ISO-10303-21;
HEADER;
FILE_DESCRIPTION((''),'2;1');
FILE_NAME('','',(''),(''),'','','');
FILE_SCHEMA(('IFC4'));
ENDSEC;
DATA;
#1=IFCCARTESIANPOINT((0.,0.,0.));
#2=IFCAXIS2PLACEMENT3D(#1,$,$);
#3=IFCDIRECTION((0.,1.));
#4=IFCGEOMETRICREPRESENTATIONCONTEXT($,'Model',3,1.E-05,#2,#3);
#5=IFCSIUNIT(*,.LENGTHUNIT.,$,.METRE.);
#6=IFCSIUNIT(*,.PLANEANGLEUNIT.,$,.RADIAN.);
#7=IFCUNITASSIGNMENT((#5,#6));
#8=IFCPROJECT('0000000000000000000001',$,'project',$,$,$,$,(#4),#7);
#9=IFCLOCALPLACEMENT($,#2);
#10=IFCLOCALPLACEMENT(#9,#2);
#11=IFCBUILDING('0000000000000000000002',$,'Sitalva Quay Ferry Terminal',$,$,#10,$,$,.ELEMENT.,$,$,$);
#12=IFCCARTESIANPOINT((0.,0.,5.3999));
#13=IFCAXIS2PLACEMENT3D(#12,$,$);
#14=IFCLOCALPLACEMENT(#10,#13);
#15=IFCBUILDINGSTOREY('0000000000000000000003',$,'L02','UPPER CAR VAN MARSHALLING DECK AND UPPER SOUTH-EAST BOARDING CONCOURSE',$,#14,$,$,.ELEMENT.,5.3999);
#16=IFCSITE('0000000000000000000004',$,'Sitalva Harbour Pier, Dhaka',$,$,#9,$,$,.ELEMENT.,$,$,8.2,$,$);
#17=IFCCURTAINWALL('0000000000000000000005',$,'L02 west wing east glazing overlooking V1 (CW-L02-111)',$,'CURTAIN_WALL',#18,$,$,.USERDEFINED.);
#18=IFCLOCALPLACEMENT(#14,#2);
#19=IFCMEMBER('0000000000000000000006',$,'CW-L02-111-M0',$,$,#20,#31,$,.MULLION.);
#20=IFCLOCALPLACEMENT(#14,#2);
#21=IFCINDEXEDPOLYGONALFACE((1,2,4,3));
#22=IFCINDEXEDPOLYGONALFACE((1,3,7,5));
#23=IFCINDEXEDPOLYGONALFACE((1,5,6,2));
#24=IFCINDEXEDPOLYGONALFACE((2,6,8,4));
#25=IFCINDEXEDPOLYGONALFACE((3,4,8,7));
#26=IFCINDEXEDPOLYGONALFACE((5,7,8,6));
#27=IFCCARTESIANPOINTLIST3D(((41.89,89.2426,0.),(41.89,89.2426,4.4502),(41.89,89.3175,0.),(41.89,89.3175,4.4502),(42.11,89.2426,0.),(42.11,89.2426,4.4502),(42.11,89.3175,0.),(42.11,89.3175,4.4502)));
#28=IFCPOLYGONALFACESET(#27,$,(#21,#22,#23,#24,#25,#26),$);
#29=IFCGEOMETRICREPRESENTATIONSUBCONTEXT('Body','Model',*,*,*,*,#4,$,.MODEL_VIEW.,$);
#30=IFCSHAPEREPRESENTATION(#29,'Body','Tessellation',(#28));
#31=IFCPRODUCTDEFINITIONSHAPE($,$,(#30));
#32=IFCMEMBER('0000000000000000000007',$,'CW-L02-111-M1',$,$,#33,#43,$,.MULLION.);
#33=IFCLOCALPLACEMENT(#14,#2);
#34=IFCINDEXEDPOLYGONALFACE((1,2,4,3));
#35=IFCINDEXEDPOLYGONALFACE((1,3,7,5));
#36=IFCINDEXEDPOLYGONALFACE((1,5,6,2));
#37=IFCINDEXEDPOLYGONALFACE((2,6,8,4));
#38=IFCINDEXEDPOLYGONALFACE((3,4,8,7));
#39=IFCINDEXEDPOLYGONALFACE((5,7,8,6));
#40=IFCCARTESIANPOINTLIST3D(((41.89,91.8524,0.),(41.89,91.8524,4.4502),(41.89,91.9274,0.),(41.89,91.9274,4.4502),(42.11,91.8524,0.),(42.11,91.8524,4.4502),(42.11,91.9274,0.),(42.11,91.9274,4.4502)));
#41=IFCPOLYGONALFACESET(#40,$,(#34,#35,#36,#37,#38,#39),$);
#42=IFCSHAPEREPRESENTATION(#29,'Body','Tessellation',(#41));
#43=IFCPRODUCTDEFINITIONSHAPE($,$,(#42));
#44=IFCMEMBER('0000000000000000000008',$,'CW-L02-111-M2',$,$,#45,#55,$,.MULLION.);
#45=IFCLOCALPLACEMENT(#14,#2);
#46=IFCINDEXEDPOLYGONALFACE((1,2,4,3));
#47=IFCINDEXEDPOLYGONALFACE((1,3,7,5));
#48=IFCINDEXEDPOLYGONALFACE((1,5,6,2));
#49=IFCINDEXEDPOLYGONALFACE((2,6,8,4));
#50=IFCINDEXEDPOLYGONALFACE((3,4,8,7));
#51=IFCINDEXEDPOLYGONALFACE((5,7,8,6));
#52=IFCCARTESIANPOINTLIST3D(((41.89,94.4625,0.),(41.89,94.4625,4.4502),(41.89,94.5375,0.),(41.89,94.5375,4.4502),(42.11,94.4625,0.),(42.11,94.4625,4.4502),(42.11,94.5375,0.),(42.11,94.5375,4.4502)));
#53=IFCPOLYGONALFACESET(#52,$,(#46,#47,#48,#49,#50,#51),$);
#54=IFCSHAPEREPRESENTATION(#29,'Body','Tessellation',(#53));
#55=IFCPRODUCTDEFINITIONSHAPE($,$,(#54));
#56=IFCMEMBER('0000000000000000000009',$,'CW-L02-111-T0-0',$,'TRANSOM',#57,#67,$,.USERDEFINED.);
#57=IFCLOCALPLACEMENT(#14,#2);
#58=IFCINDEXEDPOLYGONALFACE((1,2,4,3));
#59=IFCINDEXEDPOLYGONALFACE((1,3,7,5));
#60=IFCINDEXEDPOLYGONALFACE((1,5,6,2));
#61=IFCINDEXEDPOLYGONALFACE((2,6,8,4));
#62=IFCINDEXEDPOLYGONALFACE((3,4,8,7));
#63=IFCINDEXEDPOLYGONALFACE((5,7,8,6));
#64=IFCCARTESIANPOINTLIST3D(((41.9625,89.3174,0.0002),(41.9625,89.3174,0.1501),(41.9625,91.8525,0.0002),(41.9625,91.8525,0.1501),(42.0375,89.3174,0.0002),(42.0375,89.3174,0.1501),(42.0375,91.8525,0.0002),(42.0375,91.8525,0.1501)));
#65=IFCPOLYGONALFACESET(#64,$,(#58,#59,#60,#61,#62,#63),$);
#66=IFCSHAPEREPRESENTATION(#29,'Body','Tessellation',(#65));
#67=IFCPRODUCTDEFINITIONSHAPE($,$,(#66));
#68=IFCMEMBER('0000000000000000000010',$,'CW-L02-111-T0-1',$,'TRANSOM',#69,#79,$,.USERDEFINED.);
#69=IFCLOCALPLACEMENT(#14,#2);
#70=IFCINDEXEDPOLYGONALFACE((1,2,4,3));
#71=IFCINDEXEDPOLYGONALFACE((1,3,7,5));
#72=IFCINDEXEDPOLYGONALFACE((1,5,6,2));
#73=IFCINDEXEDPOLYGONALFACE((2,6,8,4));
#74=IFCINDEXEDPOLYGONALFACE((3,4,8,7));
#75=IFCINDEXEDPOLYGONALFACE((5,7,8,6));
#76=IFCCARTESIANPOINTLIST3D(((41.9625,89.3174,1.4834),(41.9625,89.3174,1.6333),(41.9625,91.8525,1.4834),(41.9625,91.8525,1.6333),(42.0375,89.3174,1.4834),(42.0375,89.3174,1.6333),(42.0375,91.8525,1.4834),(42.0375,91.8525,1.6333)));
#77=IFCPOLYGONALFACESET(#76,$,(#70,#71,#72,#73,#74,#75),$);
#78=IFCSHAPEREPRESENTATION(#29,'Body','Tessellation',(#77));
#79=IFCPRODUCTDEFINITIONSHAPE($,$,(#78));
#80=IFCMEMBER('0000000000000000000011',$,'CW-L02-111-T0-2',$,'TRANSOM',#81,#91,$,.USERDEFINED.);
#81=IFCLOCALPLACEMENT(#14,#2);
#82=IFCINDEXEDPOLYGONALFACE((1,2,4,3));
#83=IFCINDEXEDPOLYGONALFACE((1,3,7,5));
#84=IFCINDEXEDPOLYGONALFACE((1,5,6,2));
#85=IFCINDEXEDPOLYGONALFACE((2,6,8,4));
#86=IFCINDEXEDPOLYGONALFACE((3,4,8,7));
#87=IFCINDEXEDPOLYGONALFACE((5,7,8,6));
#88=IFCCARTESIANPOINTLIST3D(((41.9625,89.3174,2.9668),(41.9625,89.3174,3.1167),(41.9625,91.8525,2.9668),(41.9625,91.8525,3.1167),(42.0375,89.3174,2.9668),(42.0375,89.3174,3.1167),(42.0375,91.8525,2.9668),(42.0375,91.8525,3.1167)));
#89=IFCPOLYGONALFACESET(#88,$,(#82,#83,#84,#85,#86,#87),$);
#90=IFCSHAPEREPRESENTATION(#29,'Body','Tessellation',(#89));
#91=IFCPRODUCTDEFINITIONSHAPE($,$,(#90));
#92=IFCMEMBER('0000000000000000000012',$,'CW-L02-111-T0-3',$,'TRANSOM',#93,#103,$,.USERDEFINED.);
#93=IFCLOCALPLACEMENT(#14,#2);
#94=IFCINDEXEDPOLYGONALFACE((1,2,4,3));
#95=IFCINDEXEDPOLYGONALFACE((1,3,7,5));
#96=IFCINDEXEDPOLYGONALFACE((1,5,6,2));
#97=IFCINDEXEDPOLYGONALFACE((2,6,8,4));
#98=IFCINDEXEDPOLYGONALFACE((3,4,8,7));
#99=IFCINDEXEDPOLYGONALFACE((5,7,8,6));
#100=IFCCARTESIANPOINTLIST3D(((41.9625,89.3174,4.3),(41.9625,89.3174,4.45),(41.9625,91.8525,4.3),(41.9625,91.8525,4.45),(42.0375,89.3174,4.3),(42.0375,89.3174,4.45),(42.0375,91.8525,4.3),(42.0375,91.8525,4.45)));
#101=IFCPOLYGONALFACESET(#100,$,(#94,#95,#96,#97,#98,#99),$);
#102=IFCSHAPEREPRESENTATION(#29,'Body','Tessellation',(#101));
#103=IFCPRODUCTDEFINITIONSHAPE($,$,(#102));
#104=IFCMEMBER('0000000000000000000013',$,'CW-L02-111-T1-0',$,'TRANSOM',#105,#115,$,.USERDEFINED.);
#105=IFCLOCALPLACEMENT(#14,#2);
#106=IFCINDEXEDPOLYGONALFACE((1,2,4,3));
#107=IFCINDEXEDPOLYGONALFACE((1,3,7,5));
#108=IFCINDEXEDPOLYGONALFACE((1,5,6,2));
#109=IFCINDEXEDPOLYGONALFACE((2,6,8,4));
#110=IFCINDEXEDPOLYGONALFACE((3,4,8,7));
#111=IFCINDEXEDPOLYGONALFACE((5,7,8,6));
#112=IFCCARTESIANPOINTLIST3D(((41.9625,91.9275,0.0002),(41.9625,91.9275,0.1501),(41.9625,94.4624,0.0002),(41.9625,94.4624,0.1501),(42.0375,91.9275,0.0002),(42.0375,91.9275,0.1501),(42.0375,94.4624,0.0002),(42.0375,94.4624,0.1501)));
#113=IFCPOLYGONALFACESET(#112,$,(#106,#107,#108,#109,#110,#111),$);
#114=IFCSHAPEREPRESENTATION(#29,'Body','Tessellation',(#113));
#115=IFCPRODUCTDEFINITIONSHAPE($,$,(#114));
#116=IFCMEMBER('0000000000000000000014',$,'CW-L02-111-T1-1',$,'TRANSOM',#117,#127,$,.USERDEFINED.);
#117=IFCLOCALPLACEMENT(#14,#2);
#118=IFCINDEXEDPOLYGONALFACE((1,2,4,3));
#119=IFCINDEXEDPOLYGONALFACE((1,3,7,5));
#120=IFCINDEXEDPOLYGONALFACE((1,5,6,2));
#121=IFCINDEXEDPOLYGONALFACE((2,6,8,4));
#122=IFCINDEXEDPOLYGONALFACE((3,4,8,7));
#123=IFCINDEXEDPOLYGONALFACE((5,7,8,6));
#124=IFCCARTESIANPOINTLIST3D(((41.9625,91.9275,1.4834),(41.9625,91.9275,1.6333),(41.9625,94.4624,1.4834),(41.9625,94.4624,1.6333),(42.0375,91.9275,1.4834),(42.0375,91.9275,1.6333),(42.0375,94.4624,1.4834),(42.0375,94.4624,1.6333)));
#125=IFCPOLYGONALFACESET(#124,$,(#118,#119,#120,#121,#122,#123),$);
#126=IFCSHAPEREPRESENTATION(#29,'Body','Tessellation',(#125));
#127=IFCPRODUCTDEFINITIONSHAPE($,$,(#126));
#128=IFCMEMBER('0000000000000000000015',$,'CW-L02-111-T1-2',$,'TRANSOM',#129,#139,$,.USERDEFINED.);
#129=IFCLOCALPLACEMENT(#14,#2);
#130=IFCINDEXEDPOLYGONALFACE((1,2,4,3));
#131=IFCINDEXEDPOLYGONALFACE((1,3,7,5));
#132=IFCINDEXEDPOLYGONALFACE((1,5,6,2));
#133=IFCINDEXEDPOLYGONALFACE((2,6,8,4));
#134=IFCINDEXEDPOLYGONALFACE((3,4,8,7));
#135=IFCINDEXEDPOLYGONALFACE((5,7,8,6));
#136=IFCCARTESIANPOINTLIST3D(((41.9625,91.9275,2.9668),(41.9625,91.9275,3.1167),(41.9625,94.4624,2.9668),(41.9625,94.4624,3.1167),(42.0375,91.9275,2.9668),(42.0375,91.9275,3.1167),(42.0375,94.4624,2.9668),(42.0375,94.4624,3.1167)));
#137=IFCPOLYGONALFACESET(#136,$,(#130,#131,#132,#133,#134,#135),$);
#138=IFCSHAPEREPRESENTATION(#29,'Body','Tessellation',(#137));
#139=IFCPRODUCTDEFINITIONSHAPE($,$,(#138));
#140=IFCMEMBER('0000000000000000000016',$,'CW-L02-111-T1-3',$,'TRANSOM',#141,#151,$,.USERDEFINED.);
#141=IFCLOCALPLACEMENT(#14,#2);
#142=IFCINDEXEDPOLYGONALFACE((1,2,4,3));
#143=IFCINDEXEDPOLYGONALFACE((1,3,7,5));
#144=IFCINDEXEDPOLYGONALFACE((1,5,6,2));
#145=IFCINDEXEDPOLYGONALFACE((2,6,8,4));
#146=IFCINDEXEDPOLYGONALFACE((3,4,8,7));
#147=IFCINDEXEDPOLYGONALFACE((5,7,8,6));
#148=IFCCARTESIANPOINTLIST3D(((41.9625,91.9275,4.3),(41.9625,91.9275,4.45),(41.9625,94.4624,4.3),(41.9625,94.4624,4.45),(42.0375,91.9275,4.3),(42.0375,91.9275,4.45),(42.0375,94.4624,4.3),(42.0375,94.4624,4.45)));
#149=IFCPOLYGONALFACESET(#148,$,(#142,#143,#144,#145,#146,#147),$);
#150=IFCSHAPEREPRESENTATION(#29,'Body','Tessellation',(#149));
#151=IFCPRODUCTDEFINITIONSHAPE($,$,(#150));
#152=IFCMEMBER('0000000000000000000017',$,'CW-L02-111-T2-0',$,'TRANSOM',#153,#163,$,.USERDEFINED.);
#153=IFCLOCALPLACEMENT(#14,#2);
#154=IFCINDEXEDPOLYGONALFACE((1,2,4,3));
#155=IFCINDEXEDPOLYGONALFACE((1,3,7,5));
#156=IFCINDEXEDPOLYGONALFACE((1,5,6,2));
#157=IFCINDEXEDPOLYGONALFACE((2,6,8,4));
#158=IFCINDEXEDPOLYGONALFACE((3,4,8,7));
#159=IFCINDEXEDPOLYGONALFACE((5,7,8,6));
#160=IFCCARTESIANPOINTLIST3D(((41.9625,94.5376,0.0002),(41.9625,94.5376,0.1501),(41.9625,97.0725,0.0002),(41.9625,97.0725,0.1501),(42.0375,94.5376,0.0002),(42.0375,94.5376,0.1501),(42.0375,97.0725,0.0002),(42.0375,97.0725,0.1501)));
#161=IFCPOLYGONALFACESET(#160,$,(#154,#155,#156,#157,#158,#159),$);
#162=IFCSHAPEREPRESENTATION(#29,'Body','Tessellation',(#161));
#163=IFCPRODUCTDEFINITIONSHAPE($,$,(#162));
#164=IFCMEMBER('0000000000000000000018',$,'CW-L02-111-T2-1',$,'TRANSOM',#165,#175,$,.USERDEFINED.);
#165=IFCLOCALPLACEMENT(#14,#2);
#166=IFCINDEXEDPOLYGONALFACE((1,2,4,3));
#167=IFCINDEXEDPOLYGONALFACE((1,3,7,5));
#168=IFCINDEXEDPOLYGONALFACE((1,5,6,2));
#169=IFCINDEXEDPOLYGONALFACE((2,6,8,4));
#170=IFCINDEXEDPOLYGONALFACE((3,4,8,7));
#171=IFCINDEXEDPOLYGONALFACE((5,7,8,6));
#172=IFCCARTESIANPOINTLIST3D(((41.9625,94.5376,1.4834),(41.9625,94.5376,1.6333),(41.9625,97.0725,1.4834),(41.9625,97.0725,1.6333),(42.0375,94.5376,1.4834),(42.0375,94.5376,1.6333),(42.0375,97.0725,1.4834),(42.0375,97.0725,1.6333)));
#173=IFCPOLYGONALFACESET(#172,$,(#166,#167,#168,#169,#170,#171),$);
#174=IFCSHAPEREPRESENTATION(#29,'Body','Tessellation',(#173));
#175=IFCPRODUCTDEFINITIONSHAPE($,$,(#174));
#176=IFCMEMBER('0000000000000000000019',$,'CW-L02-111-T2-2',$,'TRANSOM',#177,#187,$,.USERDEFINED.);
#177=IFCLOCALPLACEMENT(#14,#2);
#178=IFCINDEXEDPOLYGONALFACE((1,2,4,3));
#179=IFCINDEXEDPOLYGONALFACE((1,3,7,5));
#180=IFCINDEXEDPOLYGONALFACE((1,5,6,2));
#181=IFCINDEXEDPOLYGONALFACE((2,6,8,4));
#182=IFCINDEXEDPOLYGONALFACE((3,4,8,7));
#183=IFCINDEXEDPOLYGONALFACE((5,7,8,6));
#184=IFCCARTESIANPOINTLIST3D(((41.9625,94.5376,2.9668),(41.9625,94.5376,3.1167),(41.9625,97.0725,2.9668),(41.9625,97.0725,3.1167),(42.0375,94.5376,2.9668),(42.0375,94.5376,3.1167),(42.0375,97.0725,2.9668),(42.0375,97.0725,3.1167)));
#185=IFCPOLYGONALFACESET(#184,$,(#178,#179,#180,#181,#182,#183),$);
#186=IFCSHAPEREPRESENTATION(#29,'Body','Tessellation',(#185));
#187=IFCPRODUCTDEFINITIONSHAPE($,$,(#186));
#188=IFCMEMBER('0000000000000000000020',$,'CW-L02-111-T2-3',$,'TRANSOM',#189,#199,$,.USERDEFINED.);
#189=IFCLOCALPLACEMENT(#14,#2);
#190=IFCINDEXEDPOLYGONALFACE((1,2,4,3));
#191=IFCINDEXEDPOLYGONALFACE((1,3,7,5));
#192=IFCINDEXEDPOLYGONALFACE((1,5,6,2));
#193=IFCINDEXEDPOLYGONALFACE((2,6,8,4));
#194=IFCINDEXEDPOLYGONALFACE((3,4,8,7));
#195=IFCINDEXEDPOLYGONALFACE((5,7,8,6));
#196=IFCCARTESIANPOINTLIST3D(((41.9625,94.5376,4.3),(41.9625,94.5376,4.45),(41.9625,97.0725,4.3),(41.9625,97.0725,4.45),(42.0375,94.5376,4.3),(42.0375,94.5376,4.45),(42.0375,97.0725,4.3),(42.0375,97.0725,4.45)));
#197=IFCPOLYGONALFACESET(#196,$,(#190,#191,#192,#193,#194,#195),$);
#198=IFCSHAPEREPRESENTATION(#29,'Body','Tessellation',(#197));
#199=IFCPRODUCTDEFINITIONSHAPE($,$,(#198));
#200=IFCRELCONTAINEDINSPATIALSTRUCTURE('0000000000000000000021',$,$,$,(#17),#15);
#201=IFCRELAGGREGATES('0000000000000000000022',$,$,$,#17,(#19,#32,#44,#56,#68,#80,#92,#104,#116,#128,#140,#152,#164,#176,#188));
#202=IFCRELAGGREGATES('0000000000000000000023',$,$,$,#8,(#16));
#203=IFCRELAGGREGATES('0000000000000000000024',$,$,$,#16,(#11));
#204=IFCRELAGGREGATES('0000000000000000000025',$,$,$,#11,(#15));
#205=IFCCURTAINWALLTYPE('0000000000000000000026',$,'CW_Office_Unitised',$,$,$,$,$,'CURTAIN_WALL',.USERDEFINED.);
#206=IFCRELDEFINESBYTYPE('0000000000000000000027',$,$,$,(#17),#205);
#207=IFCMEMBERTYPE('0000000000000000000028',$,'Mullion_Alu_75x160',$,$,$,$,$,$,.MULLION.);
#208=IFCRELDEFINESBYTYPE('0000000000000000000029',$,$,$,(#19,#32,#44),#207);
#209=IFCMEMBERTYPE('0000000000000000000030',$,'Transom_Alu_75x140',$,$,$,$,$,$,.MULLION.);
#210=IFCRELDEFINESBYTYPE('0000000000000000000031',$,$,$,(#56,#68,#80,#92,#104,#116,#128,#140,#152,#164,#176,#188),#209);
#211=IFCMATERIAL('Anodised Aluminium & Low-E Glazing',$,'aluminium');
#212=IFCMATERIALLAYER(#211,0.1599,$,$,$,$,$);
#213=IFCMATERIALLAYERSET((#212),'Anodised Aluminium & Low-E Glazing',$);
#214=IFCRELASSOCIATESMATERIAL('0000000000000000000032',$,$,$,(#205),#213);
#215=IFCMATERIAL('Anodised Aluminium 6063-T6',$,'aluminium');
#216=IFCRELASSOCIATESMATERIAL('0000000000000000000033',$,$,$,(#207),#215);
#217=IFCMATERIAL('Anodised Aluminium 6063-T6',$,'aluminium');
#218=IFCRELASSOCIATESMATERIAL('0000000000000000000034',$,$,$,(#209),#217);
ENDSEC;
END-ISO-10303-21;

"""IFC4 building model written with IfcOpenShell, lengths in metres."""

from ifc_helpers import new_model, si_unit, direction, frame, origin, origin_2d, place, context, subcontext, project, spatial, rectangle, extrude, material, layer, layer_set, material_profile, profile_set, type_object, element, aggregate, save


model = new_model("IFC4")

# Units and contexts
model_context = context("Model", 3, precision=1e-05, world=origin(), true_north=direction((0.0, 1.0)))
body_context = subcontext(model_context, "Body", "Model", "MODEL_VIEW")
ifc_project = project(units=[si_unit("LENGTHUNIT", "METRE"), si_unit("PLANEANGLEUNIT", "RADIAN")], contexts=[model_context])

# Site, building, storey
site_placement = place(None, origin())
site = spatial("IfcSite", under=ifc_project, at=site_placement, Name="Sitalva Harbour Pier, Dhaka", CompositionType="ELEMENT", RefElevation=8.2)
building_placement = place(site_placement, origin())
building = spatial("IfcBuilding", under=site, at=building_placement, Name="Sitalva Quay Ferry Terminal", CompositionType="ELEMENT")
storey_placement = place(building_placement, frame((0.0, 0.0, 5.3999)))
storey = spatial("IfcBuildingStorey", under=building, at=storey_placement, Name="L02", Description="UPPER CAR VAN MARSHALLING DECK AND UPPER SOUTH-EAST BOARDING CONCOURSE", CompositionType="ELEMENT", Elevation=5.3999)

# Curtain wall, members
ifc_material_1 = material(Name="Anodised Aluminium & Low-E Glazing", Category="aluminium")
ifc_layer_1 = layer(ifc_material_1, 0.1599)
ifc_layer_set_1 = layer_set([ifc_layer_1], Name="Anodised Aluminium & Low-E Glazing")
curtain_wall_type = type_object("IfcCurtainWallType", Name="CW_Office_Unitised", ElementType="CURTAIN_WALL", PredefinedType="USERDEFINED", material=ifc_layer_set_1)
curtain_wall_placement = place(storey_placement, origin())
curtain_wall = element("IfcCurtainWall", 1, at=curtain_wall_placement, inside=storey, type_object=curtain_wall_type, Name="L02 west wing east glazing overlooking V1 (CW-L02-111)", ObjectType="CURTAIN_WALL", PredefinedType="USERDEFINED")
ifc_material_2 = material(Name="Anodised Aluminium 6063-T6", Category="aluminium")
ifc_material_profile_1 = material_profile(ifc_material_2, rectangle(XDim=0.075, YDim=0.22, at=origin_2d()), Name="ALU75x220")
ifc_profile_set_1 = profile_set([ifc_material_profile_1], Name="Anodised Aluminium 6063-T6")
member_type_1 = type_object("IfcMemberType", Name="Mullion_Alu_75x160", PredefinedType="MULLION", material=ifc_profile_set_1)
member_1_placement = place(storey_placement, frame((42.0, 89.28, 0.0), z_axis=(0.0, 0.0, 1.0), x_axis=(0.0, 1.0, 0.0)))
member_1 = element("IfcMember", 2, at=member_1_placement, type_object=member_type_1, Name="CW-L02-111-M0", PredefinedType="MULLION", context=body_context, shape_type="SweptSolid", body=[
    extrude(rectangle(XDim=0.075, YDim=0.22, at=origin_2d()), origin(), (0.0, 0.0, 1.0), 4.4502),
])
member_2_placement = place(storey_placement, frame((42.0, 91.8899, 0.0), z_axis=(0.0, 0.0, 1.0), x_axis=(0.0, 1.0, 0.0)))
member_2 = element("IfcMember", 3, at=member_2_placement, type_object=member_type_1, Name="CW-L02-111-M1", PredefinedType="MULLION", context=body_context, shape_type="SweptSolid", body=[
    extrude(rectangle(XDim=0.075, YDim=0.22, at=origin_2d()), origin(), (0.0, 0.0, 1.0), 4.4502),
])
member_3_placement = place(storey_placement, frame((42.0, 94.5, 0.0), z_axis=(0.0, 0.0, 1.0), x_axis=(0.0, 1.0, 0.0)))
member_3 = element("IfcMember", 4, at=member_3_placement, type_object=member_type_1, Name="CW-L02-111-M2", PredefinedType="MULLION", context=body_context, shape_type="SweptSolid", body=[
    extrude(rectangle(XDim=0.075, YDim=0.22, at=origin_2d()), origin(), (0.0, 0.0, 1.0), 4.4502),
])
ifc_material_3 = material(Name="Anodised Aluminium 6063-T6", Category="aluminium")
ifc_material_profile_2 = material_profile(ifc_material_3, rectangle(XDim=0.075, YDim=0.1499, at=origin_2d()), Name="ALU75x150")
ifc_profile_set_2 = profile_set([ifc_material_profile_2], Name="Anodised Aluminium 6063-T6")
member_type_2 = type_object("IfcMemberType", Name="Transom_Alu_75x140", PredefinedType="MULLION", material=ifc_profile_set_2)
member_4_placement = place(storey_placement, frame((42.0, 89.3174, 0.0752), z_axis=(0.0, 1.0, 0.0), x_axis=(-1.0, 0.0, 0.0)))
member_4 = element("IfcMember", 5, at=member_4_placement, type_object=member_type_2, Name="CW-L02-111-T0-0", ObjectType="TRANSOM", PredefinedType="USERDEFINED", context=body_context, shape_type="SweptSolid", body=[
    extrude(rectangle(XDim=0.075, YDim=0.1499, at=origin_2d()), origin(), (0.0, 0.0, 1.0), 2.5352),
])
member_5_placement = place(storey_placement, frame((42.0, 89.3174, 1.5583), z_axis=(0.0, 1.0, 0.0), x_axis=(-1.0, 0.0, 0.0)))
member_5 = element("IfcMember", 6, at=member_5_placement, type_object=member_type_2, Name="CW-L02-111-T0-1", ObjectType="TRANSOM", PredefinedType="USERDEFINED", context=body_context, shape_type="SweptSolid", body=[
    extrude(rectangle(XDim=0.075, YDim=0.1499, at=origin_2d()), origin(), (0.0, 0.0, 1.0), 2.5352),
])
member_6_placement = place(storey_placement, frame((42.0, 89.3174, 3.0417), z_axis=(0.0, 1.0, 0.0), x_axis=(-1.0, 0.0, 0.0)))
member_6 = element("IfcMember", 7, at=member_6_placement, type_object=member_type_2, Name="CW-L02-111-T0-2", ObjectType="TRANSOM", PredefinedType="USERDEFINED", context=body_context, shape_type="SweptSolid", body=[
    extrude(rectangle(XDim=0.075, YDim=0.1499, at=origin_2d()), origin(), (0.0, 0.0, 1.0), 2.5352),
])
member_7_placement = place(storey_placement, frame((42.0, 89.3174, 4.375), z_axis=(0.0, 1.0, 0.0), x_axis=(-1.0, 0.0, 0.0)))
member_7 = element("IfcMember", 8, at=member_7_placement, type_object=member_type_2, Name="CW-L02-111-T0-3", ObjectType="TRANSOM", PredefinedType="USERDEFINED", context=body_context, shape_type="SweptSolid", body=[
    extrude(rectangle(XDim=0.075, YDim=0.1499, at=origin_2d()), origin(), (0.0, 0.0, 1.0), 2.5352),
])
member_8_placement = place(storey_placement, frame((42.0, 91.9275, 0.0752), z_axis=(0.0, 1.0, 0.0), x_axis=(-1.0, 0.0, 0.0)))
member_8 = element("IfcMember", 9, at=member_8_placement, type_object=member_type_2, Name="CW-L02-111-T1-0", ObjectType="TRANSOM", PredefinedType="USERDEFINED", context=body_context, shape_type="SweptSolid", body=[
    extrude(rectangle(XDim=0.075, YDim=0.1499, at=origin_2d()), origin(), (0.0, 0.0, 1.0), 2.5349),
])
member_9_placement = place(storey_placement, frame((42.0, 91.9275, 1.5583), z_axis=(0.0, 1.0, 0.0), x_axis=(-1.0, 0.0, 0.0)))
member_9 = element("IfcMember", 10, at=member_9_placement, type_object=member_type_2, Name="CW-L02-111-T1-1", ObjectType="TRANSOM", PredefinedType="USERDEFINED", context=body_context, shape_type="SweptSolid", body=[
    extrude(rectangle(XDim=0.075, YDim=0.1499, at=origin_2d()), origin(), (0.0, 0.0, 1.0), 2.5349),
])
member_10_placement = place(storey_placement, frame((42.0, 91.9275, 3.0417), z_axis=(0.0, 1.0, 0.0), x_axis=(-1.0, 0.0, 0.0)))
member_10 = element("IfcMember", 11, at=member_10_placement, type_object=member_type_2, Name="CW-L02-111-T1-2", ObjectType="TRANSOM", PredefinedType="USERDEFINED", context=body_context, shape_type="SweptSolid", body=[
    extrude(rectangle(XDim=0.075, YDim=0.1499, at=origin_2d()), origin(), (0.0, 0.0, 1.0), 2.5349),
])
member_11_placement = place(storey_placement, frame((42.0, 91.9275, 4.375), z_axis=(0.0, 1.0, 0.0), x_axis=(-1.0, 0.0, 0.0)))
member_11 = element("IfcMember", 12, at=member_11_placement, type_object=member_type_2, Name="CW-L02-111-T1-3", ObjectType="TRANSOM", PredefinedType="USERDEFINED", context=body_context, shape_type="SweptSolid", body=[
    extrude(rectangle(XDim=0.075, YDim=0.1499, at=origin_2d()), origin(), (0.0, 0.0, 1.0), 2.5349),
])
member_12_placement = place(storey_placement, frame((42.0, 94.5376, 0.0752), z_axis=(0.0, 1.0, 0.0), x_axis=(-1.0, 0.0, 0.0)))
member_12 = element("IfcMember", 13, at=member_12_placement, type_object=member_type_2, Name="CW-L02-111-T2-0", ObjectType="TRANSOM", PredefinedType="USERDEFINED", context=body_context, shape_type="SweptSolid", body=[
    extrude(rectangle(XDim=0.075, YDim=0.1499, at=origin_2d()), origin(), (0.0, 0.0, 1.0), 2.5349),
])
member_13_placement = place(storey_placement, frame((42.0, 94.5376, 1.5583), z_axis=(0.0, 1.0, 0.0), x_axis=(-1.0, 0.0, 0.0)))
member_13 = element("IfcMember", 14, at=member_13_placement, type_object=member_type_2, Name="CW-L02-111-T2-1", ObjectType="TRANSOM", PredefinedType="USERDEFINED", context=body_context, shape_type="SweptSolid", body=[
    extrude(rectangle(XDim=0.075, YDim=0.1499, at=origin_2d()), origin(), (0.0, 0.0, 1.0), 2.5349),
])
member_14_placement = place(storey_placement, frame((42.0, 94.5376, 3.0417), z_axis=(0.0, 1.0, 0.0), x_axis=(-1.0, 0.0, 0.0)))
member_14 = element("IfcMember", 15, at=member_14_placement, type_object=member_type_2, Name="CW-L02-111-T2-2", ObjectType="TRANSOM", PredefinedType="USERDEFINED", context=body_context, shape_type="SweptSolid", body=[
    extrude(rectangle(XDim=0.075, YDim=0.1499, at=origin_2d()), origin(), (0.0, 0.0, 1.0), 2.5349),
])
member_15_placement = place(storey_placement, frame((42.0, 94.5376, 4.375), z_axis=(0.0, 1.0, 0.0), x_axis=(-1.0, 0.0, 0.0)))
member_15 = element("IfcMember", 16, at=member_15_placement, type_object=member_type_2, Name="CW-L02-111-T2-3", ObjectType="TRANSOM", PredefinedType="USERDEFINED", context=body_context, shape_type="SweptSolid", body=[
    extrude(rectangle(XDim=0.075, YDim=0.1499, at=origin_2d()), origin(), (0.0, 0.0, 1.0), 2.5349),
])
aggregate(curtain_wall, [member_1, member_2, member_3, member_4, member_5, member_6, member_7, member_8, member_9, member_10, member_11, member_12, member_13, member_14, member_15])

save(model, "model.ifc")
